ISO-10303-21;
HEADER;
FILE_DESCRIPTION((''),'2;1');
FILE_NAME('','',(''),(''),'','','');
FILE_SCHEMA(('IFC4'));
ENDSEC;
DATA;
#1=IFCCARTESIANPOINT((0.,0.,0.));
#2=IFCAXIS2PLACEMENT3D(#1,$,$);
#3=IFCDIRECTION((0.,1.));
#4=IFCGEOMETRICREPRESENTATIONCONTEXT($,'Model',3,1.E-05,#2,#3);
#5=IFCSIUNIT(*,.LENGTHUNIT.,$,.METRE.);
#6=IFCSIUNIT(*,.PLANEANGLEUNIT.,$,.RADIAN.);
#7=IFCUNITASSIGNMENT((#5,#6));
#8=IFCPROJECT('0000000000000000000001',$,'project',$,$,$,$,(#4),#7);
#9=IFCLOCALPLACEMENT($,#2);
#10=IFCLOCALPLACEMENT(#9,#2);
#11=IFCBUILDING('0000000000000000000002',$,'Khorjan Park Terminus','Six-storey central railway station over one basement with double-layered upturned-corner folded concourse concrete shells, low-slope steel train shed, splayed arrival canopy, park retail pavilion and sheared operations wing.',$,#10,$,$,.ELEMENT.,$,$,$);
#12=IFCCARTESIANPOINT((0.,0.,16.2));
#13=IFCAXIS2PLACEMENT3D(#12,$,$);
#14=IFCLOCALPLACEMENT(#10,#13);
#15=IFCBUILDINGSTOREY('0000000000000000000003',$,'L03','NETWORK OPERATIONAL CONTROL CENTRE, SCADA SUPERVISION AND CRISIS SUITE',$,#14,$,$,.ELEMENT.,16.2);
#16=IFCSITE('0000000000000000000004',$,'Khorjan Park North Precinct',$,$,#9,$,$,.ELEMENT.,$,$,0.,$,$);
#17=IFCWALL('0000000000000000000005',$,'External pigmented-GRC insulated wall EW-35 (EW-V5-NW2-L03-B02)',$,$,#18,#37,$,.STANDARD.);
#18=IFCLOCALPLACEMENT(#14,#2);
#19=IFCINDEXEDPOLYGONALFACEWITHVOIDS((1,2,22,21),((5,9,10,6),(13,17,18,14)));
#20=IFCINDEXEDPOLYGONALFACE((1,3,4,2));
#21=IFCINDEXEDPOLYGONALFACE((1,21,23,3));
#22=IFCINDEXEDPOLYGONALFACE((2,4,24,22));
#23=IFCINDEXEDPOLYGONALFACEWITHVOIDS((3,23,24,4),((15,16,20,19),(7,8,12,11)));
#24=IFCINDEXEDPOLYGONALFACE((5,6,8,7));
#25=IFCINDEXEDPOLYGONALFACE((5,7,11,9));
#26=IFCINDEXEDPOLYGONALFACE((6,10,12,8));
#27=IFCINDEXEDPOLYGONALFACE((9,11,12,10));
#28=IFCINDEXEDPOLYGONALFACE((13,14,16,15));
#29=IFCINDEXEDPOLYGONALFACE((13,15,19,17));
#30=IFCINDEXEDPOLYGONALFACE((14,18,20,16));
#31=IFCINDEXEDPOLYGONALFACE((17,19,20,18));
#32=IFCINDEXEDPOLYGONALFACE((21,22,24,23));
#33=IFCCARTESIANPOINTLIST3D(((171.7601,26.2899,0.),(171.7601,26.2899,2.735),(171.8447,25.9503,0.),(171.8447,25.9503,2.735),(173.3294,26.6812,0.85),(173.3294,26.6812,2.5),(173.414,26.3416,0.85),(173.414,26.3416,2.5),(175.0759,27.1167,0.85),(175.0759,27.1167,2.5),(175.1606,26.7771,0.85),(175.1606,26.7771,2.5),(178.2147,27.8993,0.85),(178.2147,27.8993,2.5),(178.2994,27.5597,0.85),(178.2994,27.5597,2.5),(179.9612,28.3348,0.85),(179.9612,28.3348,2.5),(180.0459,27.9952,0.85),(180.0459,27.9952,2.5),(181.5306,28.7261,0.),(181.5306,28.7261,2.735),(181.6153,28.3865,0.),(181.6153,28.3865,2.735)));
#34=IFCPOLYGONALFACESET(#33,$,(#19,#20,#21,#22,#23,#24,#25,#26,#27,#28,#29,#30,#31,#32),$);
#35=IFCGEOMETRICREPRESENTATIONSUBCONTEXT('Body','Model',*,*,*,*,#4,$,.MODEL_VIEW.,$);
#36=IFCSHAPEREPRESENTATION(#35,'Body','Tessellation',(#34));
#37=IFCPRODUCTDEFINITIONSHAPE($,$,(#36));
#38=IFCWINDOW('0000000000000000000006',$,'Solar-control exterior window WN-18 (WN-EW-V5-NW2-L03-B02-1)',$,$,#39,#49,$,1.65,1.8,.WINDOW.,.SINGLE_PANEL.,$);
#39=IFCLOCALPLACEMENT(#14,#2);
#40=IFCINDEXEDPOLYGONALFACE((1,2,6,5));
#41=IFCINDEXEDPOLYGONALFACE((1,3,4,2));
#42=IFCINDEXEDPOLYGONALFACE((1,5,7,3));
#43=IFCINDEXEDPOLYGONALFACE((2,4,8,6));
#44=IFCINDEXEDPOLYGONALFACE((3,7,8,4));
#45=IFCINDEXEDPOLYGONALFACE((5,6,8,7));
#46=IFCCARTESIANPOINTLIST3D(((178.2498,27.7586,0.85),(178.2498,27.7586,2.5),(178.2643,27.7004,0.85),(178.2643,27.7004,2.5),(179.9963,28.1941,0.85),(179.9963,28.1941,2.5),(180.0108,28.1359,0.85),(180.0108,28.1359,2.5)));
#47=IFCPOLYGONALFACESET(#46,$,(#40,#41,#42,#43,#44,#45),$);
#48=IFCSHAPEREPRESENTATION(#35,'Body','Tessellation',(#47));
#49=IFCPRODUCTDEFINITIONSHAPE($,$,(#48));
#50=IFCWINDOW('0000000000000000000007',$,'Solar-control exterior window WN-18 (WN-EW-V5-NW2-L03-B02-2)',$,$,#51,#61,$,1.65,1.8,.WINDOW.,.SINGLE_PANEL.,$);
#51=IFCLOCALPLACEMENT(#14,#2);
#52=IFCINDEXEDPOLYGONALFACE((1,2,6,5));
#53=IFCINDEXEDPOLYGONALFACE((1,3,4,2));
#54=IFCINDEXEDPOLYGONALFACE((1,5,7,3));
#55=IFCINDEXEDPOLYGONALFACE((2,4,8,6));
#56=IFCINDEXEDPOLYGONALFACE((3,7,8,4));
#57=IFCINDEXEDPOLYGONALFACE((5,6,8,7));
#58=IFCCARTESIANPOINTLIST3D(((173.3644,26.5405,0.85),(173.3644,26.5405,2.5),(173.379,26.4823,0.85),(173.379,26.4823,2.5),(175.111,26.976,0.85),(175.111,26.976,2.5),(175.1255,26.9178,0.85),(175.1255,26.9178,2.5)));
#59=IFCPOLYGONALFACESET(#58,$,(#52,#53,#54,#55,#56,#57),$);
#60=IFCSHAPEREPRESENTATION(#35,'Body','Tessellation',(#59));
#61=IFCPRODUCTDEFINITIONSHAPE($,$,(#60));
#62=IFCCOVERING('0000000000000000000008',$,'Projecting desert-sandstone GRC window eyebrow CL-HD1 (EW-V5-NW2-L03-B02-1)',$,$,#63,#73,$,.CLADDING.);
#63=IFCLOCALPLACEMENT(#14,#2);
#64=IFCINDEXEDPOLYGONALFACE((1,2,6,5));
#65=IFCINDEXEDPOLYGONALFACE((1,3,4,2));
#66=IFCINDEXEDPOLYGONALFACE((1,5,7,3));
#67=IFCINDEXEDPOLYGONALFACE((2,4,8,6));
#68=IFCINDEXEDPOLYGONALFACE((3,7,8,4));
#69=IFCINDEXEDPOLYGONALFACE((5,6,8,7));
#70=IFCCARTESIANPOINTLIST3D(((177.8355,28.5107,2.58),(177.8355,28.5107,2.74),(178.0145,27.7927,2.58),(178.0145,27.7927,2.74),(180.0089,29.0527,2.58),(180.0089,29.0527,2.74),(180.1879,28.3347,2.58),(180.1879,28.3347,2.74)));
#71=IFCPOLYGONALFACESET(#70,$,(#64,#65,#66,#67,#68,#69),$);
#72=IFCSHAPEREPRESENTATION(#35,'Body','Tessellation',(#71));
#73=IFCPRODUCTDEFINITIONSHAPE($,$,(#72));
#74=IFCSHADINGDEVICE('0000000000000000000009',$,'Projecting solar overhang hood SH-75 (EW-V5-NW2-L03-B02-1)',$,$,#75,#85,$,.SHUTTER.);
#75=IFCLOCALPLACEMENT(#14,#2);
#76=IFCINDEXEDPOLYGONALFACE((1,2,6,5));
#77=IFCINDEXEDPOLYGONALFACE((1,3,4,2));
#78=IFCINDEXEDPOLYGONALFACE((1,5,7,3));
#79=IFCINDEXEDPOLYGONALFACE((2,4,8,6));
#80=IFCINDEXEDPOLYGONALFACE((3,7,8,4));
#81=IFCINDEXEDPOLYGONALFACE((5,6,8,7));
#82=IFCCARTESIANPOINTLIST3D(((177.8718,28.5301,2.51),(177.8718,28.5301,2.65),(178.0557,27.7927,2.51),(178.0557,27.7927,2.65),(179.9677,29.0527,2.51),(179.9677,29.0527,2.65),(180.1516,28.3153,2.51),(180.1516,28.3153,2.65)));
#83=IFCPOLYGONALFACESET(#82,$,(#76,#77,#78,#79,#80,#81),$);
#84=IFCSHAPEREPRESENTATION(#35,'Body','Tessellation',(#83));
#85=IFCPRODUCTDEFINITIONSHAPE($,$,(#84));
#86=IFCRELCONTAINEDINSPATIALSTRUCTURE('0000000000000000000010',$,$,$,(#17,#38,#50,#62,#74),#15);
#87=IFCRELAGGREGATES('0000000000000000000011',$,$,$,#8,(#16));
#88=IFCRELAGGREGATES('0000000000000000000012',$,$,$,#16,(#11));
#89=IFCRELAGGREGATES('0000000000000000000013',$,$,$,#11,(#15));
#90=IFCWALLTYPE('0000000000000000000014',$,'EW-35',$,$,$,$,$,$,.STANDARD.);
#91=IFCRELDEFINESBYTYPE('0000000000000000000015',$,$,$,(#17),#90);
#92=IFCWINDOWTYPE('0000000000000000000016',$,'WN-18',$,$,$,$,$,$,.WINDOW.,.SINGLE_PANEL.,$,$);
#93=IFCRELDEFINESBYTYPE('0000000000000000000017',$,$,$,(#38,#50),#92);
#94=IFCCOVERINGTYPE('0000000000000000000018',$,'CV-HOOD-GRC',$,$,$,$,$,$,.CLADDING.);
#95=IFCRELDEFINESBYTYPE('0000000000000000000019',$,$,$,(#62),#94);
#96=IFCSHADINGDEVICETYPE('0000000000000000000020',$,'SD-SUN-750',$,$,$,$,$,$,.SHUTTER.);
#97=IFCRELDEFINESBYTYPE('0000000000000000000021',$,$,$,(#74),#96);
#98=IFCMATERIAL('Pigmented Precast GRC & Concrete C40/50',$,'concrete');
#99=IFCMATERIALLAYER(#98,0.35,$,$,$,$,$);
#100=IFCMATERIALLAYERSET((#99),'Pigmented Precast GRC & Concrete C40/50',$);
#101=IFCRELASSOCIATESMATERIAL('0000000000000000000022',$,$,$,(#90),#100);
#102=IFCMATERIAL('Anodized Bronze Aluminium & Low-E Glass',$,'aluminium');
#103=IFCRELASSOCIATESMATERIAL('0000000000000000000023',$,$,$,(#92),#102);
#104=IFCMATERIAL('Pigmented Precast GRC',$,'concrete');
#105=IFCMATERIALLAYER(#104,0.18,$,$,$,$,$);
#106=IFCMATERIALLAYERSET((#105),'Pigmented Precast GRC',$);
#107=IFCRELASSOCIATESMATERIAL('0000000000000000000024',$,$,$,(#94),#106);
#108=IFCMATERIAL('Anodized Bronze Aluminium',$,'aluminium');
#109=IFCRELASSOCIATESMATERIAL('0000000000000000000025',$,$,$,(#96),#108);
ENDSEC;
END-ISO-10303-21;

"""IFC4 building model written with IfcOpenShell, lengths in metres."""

from ifc_helpers import new_model, si_unit, direction, frame, frame_2d, origin, origin_2d, place, context, subcontext, project, spatial, rectangle, extrude, material, layer, layer_set, type_object, element, fill, save


model = new_model("IFC4")

# Units and contexts
model_context = context("Model", 3, precision=1e-05, world=origin(), true_north=direction((0.0, 1.0)))
body_context = subcontext(model_context, "Body", "Model", "MODEL_VIEW")
ifc_project = project(units=[si_unit("LENGTHUNIT", "METRE"), si_unit("PLANEANGLEUNIT", "RADIAN")], contexts=[model_context])

# Site, building, storey
site_placement = place(None, origin())
site = spatial("IfcSite", under=ifc_project, at=site_placement, Name="Khorjan Park North Precinct", CompositionType="ELEMENT", RefElevation=0.0)
building_placement = place(site_placement, origin())
building = spatial("IfcBuilding", under=site, at=building_placement, Name="Khorjan Park Terminus", Description="Six-storey central railway station over one basement with double-layered upturned-corner folded concourse concrete shells, low-slope steel train shed, splayed arrival canopy, park retail pavilion and sheared operations wing.", CompositionType="ELEMENT")
storey_placement = place(building_placement, frame((0.0, 0.0, 16.2)))
storey = spatial("IfcBuildingStorey", under=building, at=storey_placement, Name="L03", Description="NETWORK OPERATIONAL CONTROL CENTRE, SCADA SUPERVISION AND CRISIS SUITE", CompositionType="ELEMENT", Elevation=16.2)

# Shared definitions
ifc_material_1 = material(Name="Anodized Bronze Aluminium", Category="aluminium")

# Shared definitions
ifc_material_2 = material(Name="Pigmented Precast GRC & Concrete C40/50", Category="concrete")
ifc_layer_1 = layer(ifc_material_2, 0.35)
ifc_layer_set_1 = layer_set([ifc_layer_1], Name="Pigmented Precast GRC & Concrete C40/50")
wall_type = type_object("IfcWallType", Name="EW-35", PredefinedType="STANDARD", material=ifc_layer_set_1)

# Wall, openings, windows
wall_1_placement = place(storey_placement, frame((181.5729, 28.5563, 0.0), z_axis=(0.0, 0.0, 1.0), x_axis=(-0.970293, -0.241933, 0.0)))
wall_1 = element("IfcWall", 1, at=wall_1_placement, inside=storey, type_object=wall_type, Name="External pigmented-GRC insulated wall EW-35 (EW-V5-NW2-L03-B02)", PredefinedType="STANDARD", context=body_context, shape_type="SweptSolid", body=[
    extrude(rectangle(XDim=10.0697, YDim=0.35, at=frame_2d((5.0348, 0.0))), origin(), (0.0, 0.0, 1.0), 2.735),
])
opening_1_placement = place(wall_1_placement, frame((1.6174, 0.0, 0.85)))
opening_1 = element("IfcOpeningElement", 2, at=opening_1_placement, cuts=wall_1, PredefinedType="OPENING", context=body_context, shape_type="SweptSolid", body=[
    extrude(rectangle(XDim=1.8, YDim=1.65, at=frame_2d((0.9, 0.825))), frame((0.0, 0.185, 0.0), z_axis=(0.0, -1.0, 0.0), x_axis=(1.0, 0.0, 0.0)), (0.0, 0.0, 1.0), 0.37),
])
opening_2_placement = place(wall_1_placement, frame((6.6523, 0.0, 0.85)))
opening_2 = element("IfcOpeningElement", 3, at=opening_2_placement, cuts=wall_1, PredefinedType="OPENING", context=body_context, shape_type="SweptSolid", body=[
    extrude(rectangle(XDim=1.8, YDim=1.65, at=frame_2d((0.9, 0.825))), frame((0.0, 0.185, 0.0), z_axis=(0.0, -1.0, 0.0), x_axis=(1.0, 0.0, 0.0)), (0.0, 0.0, 1.0), 0.37),
])
ifc_material_3 = material(Name="Anodized Bronze Aluminium & Low-E Glass", Category="aluminium")
window_type = type_object("IfcWindowType", Name="WN-18", PartitioningType="SINGLE_PANEL", PredefinedType="WINDOW", material=ifc_material_3)
window_1_placement = place(opening_1_placement, origin())
window_1 = element("IfcWindow", 4, at=window_1_placement, inside=storey, type_object=window_type, Name="Solar-control exterior window WN-18 (WN-EW-V5-NW2-L03-B02-1)", OverallHeight=1.65, OverallWidth=1.8, PartitioningType="SINGLE_PANEL", PredefinedType="WINDOW", context=body_context, shape_type="SweptSolid", body=[
    extrude(rectangle(XDim=1.8, YDim=1.65, at=frame_2d((0.9, 0.825))), frame((0.0, 0.03, 0.0), z_axis=(0.0, -1.0, 0.0), x_axis=(1.0, 0.0, 0.0)), (0.0, 0.0, 1.0), 0.06),
])
fill(opening_1, window_1)
window_2_placement = place(opening_2_placement, origin())
window_2 = element("IfcWindow", 5, at=window_2_placement, inside=storey, type_object=window_type, Name="Solar-control exterior window WN-18 (WN-EW-V5-NW2-L03-B02-2)", OverallHeight=1.65, OverallWidth=1.8, PartitioningType="SINGLE_PANEL", PredefinedType="WINDOW", context=body_context, shape_type="SweptSolid", body=[
    extrude(rectangle(XDim=1.8, YDim=1.65, at=frame_2d((0.9, 0.825))), frame((0.0, 0.03, 0.0), z_axis=(0.0, -1.0, 0.0), x_axis=(1.0, 0.0, 0.0)), (0.0, 0.0, 1.0), 0.06),
])
fill(opening_2, window_2)

# Covering
ifc_material_4 = material(Name="Pigmented Precast GRC", Category="concrete")
ifc_layer_2 = layer(ifc_material_4, 0.18)
ifc_layer_set_2 = layer_set([ifc_layer_2], Name="Pigmented Precast GRC")
covering_type = type_object("IfcCoveringType", Name="CV-HOOD-GRC", PredefinedType="CLADDING", material=ifc_layer_set_2)
covering_placement = place(storey_placement, frame((179.0117, 28.4227, 2.58), z_axis=(0.0, 0.0, 1.0), x_axis=(-0.970293, -0.241933, 0.0)))
element("IfcCovering", 6, at=covering_placement, inside=storey, type_object=covering_type, Name="Projecting desert-sandstone GRC window eyebrow CL-HD1 (EW-V5-NW2-L03-B02-1)", PredefinedType="CLADDING", context=body_context, shape_type="SweptSolid", body=[
    extrude(rectangle(XDim=2.24, YDim=0.74, at=origin_2d()), origin(), (0.0, 0.0, 1.0), 0.16),
])

# Shading device
shading_device_type = type_object("IfcShadingDeviceType", Name="SD-SUN-750", PredefinedType="SHUTTER", material=ifc_material_1)
shading_device_placement = place(storey_placement, frame((179.0117, 28.4227, 2.51), z_axis=(0.0, 0.0, 1.0), x_axis=(-0.970293, -0.241933, 0.0)))
element("IfcShadingDevice", 7, at=shading_device_placement, inside=storey, type_object=shading_device_type, Name="Projecting solar overhang hood SH-75 (EW-V5-NW2-L03-B02-1)", PredefinedType="SHUTTER", context=body_context, shape_type="SweptSolid", body=[
    extrude(rectangle(XDim=2.16, YDim=0.76, at=origin_2d()), origin(), (0.0, 0.0, 1.0), 0.14),
])

save(model, "model.ifc")
